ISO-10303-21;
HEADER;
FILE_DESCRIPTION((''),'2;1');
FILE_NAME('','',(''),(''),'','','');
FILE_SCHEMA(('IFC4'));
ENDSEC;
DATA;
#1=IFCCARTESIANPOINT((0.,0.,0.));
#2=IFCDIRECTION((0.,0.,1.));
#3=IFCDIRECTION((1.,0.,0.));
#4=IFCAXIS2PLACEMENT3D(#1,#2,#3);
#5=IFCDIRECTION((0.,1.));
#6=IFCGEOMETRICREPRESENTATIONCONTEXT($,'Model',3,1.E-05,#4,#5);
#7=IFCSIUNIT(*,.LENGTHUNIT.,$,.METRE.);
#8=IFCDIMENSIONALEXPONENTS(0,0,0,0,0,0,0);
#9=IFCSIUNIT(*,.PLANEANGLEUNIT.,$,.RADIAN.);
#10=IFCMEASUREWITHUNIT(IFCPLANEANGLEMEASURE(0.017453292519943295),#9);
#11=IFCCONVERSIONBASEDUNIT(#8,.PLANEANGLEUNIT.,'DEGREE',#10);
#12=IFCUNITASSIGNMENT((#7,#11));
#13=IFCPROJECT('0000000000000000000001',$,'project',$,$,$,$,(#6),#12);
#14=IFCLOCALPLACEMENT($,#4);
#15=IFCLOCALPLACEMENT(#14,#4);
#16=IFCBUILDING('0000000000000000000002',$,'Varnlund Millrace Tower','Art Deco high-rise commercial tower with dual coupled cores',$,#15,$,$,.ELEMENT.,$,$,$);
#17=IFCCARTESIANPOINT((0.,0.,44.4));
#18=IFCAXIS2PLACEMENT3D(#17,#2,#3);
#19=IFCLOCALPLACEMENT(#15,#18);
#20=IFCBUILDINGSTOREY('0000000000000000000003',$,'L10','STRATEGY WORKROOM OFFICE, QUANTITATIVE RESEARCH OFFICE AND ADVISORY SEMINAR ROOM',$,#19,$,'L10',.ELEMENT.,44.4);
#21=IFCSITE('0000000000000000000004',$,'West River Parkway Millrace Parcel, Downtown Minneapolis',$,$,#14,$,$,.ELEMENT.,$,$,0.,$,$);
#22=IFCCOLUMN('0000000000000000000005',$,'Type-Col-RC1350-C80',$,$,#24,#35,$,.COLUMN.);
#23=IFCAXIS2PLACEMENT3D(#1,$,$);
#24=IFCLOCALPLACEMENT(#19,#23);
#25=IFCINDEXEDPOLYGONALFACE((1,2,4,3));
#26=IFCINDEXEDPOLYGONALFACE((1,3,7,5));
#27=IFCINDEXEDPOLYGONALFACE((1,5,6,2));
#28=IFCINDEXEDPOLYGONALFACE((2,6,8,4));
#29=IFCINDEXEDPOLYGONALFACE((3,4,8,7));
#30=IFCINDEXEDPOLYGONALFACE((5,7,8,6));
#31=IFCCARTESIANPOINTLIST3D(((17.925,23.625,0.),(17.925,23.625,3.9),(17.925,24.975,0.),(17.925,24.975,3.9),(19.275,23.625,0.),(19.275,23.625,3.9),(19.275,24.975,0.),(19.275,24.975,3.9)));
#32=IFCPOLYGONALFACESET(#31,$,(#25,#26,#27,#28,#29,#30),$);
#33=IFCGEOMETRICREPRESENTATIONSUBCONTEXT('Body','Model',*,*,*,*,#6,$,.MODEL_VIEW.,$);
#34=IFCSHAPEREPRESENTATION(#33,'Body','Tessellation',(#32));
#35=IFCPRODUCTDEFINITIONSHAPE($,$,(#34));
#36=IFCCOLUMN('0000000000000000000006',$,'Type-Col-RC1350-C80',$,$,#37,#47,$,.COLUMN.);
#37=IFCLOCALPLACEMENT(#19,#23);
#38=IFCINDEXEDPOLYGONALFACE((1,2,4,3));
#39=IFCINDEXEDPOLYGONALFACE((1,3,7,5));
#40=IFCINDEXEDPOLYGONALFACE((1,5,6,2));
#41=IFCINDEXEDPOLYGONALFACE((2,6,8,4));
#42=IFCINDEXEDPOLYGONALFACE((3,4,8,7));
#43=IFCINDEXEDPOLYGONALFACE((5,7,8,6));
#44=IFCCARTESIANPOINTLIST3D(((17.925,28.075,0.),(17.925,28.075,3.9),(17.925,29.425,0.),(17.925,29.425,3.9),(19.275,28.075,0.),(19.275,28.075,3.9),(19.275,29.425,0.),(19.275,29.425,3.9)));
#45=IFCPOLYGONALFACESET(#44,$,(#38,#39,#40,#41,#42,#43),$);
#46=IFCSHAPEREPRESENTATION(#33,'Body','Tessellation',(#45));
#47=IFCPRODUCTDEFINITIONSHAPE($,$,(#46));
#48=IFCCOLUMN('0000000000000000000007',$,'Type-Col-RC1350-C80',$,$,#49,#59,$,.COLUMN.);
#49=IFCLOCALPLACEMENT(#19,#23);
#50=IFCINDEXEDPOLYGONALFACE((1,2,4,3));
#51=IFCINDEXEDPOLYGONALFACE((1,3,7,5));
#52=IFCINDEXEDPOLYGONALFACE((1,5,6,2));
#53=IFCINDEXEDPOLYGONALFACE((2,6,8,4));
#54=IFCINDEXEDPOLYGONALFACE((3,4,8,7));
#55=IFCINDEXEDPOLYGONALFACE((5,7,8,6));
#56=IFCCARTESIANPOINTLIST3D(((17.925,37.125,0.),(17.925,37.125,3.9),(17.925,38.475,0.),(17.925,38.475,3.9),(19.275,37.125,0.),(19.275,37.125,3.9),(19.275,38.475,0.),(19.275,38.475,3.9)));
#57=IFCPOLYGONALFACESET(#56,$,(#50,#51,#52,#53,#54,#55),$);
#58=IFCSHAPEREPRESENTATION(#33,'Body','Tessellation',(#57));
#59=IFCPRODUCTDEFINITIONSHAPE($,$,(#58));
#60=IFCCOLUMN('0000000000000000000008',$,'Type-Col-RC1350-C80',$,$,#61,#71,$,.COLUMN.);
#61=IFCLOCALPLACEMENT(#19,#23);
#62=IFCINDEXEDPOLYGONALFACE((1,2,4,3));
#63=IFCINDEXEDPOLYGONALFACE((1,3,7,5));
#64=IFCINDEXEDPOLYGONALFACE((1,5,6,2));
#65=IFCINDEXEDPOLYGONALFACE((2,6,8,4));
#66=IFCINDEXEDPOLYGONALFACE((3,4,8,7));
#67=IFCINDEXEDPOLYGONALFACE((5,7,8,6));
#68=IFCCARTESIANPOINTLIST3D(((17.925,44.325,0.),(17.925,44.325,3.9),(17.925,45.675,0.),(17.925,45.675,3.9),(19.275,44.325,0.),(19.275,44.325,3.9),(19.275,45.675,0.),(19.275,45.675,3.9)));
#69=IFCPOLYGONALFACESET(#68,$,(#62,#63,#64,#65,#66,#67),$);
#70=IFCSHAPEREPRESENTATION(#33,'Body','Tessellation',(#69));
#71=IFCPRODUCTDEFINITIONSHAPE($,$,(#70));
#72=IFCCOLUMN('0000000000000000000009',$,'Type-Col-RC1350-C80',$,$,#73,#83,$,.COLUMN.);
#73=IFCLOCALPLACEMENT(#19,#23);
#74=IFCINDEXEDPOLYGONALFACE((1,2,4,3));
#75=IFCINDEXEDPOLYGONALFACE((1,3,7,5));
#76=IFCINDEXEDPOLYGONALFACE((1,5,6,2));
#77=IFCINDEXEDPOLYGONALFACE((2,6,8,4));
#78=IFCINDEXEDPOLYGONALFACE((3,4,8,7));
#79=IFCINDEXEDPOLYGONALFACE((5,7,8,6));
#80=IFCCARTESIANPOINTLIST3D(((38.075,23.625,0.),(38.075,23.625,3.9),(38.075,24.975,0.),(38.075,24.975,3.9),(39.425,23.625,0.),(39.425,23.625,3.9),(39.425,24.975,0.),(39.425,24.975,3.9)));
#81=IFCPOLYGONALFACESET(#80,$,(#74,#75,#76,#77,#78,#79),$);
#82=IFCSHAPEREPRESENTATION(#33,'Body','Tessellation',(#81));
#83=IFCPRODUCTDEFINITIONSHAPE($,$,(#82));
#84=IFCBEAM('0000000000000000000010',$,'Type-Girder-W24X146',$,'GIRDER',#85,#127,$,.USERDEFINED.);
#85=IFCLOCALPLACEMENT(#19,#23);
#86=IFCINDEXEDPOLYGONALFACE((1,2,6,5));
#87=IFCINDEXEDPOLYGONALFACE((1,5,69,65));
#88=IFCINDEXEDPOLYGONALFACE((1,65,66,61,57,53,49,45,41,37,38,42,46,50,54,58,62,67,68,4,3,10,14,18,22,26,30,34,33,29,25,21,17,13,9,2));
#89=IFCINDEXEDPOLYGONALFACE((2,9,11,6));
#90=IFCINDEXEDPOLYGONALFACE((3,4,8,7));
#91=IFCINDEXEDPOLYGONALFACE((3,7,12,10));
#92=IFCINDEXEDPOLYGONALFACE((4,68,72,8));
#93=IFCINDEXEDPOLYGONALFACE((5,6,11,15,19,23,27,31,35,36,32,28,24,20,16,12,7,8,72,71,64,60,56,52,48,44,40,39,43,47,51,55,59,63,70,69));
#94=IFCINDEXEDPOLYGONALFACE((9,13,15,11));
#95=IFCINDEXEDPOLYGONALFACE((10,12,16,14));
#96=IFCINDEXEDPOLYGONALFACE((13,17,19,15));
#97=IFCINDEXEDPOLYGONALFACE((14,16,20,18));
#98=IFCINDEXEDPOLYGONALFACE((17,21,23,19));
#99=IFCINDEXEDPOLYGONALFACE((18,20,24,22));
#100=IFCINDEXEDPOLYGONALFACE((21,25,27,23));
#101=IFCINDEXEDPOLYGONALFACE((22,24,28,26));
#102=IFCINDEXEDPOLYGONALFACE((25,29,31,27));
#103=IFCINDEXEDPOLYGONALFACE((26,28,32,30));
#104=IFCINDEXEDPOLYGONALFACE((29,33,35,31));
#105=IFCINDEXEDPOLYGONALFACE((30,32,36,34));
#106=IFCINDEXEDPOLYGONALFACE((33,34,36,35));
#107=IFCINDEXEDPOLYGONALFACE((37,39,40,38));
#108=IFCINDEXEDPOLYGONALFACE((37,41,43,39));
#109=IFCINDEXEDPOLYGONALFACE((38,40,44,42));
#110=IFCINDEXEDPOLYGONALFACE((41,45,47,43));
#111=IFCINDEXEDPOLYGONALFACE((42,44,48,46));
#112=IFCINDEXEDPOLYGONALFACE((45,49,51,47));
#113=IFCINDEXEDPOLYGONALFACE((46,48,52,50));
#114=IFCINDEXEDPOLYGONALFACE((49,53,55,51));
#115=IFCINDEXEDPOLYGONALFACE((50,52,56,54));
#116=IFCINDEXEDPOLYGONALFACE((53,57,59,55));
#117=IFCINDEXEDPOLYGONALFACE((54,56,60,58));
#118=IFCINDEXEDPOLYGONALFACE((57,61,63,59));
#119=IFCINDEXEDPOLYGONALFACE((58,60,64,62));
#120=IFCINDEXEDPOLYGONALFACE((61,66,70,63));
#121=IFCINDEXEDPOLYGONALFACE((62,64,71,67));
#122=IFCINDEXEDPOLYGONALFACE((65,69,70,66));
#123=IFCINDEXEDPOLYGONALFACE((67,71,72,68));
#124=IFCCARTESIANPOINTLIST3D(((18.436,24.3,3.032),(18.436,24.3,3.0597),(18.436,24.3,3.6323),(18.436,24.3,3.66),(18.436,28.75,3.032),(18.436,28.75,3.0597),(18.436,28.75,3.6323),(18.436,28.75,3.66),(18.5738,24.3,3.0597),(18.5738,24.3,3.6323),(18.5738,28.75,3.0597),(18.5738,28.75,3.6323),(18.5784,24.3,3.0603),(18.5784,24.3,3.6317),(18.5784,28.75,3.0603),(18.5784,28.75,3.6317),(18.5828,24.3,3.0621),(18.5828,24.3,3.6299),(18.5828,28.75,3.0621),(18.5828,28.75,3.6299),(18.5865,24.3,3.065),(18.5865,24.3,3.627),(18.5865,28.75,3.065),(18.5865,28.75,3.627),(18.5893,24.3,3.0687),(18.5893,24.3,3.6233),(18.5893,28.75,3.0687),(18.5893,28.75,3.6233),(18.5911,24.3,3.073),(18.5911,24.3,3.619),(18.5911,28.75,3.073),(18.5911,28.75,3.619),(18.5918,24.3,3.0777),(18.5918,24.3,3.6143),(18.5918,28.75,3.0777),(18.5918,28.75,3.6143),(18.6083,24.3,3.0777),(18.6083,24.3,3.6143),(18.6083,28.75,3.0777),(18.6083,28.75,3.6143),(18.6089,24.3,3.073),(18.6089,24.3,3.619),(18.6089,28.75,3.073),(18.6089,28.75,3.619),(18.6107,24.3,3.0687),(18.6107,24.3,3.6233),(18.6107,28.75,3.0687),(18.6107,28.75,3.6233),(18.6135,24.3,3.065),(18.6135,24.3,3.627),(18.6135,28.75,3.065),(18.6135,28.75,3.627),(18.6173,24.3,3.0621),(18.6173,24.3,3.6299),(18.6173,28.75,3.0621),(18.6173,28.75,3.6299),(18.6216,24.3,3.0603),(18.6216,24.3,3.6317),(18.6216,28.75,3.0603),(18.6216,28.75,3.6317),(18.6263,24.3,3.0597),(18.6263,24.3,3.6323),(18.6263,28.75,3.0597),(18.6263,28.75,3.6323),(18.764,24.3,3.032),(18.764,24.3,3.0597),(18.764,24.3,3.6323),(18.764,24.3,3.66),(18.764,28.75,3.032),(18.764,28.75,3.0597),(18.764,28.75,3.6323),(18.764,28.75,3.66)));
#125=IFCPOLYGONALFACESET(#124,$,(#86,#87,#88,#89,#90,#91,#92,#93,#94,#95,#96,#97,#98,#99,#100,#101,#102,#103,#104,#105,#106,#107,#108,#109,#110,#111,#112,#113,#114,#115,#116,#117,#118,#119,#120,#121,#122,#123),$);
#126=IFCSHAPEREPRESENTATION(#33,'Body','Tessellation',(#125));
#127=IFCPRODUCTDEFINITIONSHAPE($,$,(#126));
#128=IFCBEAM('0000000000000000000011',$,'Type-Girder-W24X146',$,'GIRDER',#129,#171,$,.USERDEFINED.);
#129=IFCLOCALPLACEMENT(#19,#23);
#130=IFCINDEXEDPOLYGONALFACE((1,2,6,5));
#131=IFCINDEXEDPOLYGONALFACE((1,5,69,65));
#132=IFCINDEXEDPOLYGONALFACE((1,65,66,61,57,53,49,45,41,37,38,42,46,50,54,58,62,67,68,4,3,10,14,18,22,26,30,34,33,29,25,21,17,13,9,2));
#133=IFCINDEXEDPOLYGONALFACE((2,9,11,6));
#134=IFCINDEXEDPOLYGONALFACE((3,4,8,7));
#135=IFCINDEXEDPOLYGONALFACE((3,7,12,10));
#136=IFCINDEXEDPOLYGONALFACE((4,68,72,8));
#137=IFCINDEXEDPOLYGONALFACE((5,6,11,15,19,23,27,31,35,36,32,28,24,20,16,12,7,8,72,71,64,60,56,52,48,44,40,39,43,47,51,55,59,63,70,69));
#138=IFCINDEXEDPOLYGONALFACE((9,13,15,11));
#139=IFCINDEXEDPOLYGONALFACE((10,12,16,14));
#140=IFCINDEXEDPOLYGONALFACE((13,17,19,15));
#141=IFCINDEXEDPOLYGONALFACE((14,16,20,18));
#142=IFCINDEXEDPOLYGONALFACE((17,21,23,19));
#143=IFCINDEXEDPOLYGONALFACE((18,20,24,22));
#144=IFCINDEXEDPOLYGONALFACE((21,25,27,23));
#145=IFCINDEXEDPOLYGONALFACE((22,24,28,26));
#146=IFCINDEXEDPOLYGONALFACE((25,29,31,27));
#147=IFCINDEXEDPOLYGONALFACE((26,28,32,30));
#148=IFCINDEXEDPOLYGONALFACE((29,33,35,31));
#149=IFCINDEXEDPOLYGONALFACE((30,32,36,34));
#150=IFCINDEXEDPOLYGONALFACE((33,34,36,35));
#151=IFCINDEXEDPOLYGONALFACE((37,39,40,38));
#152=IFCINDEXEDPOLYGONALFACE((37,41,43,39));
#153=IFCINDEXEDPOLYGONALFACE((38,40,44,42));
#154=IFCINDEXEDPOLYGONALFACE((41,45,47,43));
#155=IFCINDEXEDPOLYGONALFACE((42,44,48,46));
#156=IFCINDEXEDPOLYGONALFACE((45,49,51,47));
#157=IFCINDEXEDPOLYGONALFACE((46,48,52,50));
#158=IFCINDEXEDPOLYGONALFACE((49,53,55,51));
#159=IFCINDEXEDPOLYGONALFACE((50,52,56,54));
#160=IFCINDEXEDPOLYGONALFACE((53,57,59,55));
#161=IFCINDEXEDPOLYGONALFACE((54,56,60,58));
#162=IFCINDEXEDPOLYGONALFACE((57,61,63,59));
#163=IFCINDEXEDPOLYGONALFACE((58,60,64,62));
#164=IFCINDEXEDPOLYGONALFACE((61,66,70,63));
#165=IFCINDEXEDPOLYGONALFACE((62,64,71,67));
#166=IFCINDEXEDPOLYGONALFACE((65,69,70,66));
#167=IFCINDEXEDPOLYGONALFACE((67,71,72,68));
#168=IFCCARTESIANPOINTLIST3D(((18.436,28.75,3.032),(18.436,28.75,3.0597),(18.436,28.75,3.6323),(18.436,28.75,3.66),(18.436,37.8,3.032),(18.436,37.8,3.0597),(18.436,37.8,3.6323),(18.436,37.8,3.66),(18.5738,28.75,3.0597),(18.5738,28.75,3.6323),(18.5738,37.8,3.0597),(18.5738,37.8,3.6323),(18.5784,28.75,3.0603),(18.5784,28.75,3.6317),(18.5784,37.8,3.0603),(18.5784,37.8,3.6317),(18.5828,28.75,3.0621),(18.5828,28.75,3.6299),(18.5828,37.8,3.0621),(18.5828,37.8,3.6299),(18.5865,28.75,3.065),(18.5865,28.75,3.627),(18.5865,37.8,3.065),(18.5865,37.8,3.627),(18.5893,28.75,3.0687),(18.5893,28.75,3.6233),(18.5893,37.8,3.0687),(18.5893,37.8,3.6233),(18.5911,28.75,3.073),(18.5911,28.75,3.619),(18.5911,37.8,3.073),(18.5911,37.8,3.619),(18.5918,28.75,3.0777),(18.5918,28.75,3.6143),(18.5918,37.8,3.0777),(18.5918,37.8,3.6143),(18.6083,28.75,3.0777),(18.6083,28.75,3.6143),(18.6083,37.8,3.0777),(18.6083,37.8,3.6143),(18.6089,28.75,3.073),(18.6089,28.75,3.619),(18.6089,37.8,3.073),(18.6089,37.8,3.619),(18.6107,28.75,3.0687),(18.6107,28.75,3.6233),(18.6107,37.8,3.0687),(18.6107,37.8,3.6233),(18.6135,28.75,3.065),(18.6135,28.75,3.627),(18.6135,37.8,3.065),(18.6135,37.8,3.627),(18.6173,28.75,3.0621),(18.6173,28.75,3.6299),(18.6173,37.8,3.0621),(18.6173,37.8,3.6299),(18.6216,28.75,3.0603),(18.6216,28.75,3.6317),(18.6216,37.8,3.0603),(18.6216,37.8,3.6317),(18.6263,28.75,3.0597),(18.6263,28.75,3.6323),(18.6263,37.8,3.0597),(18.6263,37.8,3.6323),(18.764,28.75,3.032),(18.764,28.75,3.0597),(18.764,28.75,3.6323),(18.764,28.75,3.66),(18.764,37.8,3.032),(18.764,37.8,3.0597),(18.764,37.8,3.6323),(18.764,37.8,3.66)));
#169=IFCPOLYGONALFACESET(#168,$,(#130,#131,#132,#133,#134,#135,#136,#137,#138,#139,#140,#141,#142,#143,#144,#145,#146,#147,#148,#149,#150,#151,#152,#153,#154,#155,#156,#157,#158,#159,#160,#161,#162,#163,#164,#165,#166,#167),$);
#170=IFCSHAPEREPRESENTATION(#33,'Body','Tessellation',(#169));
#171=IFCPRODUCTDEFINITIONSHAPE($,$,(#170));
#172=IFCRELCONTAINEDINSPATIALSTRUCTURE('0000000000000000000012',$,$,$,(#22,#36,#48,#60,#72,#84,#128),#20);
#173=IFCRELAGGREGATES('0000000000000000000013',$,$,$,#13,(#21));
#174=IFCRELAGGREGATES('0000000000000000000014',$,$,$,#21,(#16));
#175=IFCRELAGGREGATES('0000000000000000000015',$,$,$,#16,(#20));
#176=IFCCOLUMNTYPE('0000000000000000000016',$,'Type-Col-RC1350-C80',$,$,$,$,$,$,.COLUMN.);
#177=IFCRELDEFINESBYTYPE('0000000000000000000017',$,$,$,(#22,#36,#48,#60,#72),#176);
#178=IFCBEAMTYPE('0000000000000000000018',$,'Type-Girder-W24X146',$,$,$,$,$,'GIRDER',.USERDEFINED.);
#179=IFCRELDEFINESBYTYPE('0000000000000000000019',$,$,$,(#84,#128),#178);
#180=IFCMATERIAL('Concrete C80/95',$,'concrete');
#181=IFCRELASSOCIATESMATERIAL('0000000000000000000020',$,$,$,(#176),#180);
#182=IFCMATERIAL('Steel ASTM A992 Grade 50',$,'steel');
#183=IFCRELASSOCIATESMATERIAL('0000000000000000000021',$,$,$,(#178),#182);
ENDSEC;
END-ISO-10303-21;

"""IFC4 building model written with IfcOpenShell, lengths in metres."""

from ifc_helpers import new_model, entity, si_unit, converted_unit, direction, frame, origin_with_axes, origin_2d_with_axis, place, context, subcontext, project, spatial, rectangle, i_section, extrude, material, material_profile, profile_set, type_object, element, save


model = new_model("IFC4")

# Units and contexts
model_context = context("Model", 3, precision=1e-05, world=origin_with_axes(), true_north=direction((0.0, 1.0)))
body_context = subcontext(model_context, "Body", "Model", "MODEL_VIEW")
ifc_project = project(units=[si_unit("LENGTHUNIT", "METRE"), converted_unit("PLANEANGLEUNIT", "DEGREE", entity("IfcPlaneAngleMeasure", 0.017453292519943295), si_unit("PLANEANGLEUNIT", "RADIAN"), dimensions=[0, 0, 0, 0, 0, 0, 0])], contexts=[model_context])

# Site, building, storey
site_placement = place(None, origin_with_axes())
site = spatial("IfcSite", under=ifc_project, at=site_placement, Name="West River Parkway Millrace Parcel, Downtown Minneapolis", CompositionType="ELEMENT", RefElevation=0.0)
building_placement = place(site_placement, origin_with_axes())
building = spatial("IfcBuilding", under=site, at=building_placement, Name="Varnlund Millrace Tower", Description="Art Deco high-rise commercial tower with dual coupled cores", CompositionType="ELEMENT")
storey_placement = place(building_placement, frame((0.0, 0.0, 44.4), z_axis=(0.0, 0.0, 1.0), x_axis=(1.0, 0.0, 0.0)))
storey = spatial("IfcBuildingStorey", under=building, at=storey_placement, Name="L10", Description="STRATEGY WORKROOM OFFICE, QUANTITATIVE RESEARCH OFFICE AND ADVISORY SEMINAR ROOM", LongName="L10", CompositionType="ELEMENT", Elevation=44.4)

# Columns
ifc_material_1 = material(Name="Concrete C80/95", Category="concrete")
ifc_material_profile_1 = material_profile(ifc_material_1, rectangle(XDim=1.35, YDim=1.35, at=origin_2d_with_axis()), Name="Concrete C80/95")
ifc_profile_set_1 = profile_set([ifc_material_profile_1], Name="Concrete C80/95")
column_type = type_object("IfcColumnType", Name="Type-Col-RC1350-C80", PredefinedType="COLUMN", material=ifc_profile_set_1)
for number, where, z_axis, x_axis, name in (
    (1, (18.6, 24.3, 0.0), (0.0, 0.0, 1.0), (1.0, 0.0, 0.0), "Type-Col-RC1350-C80"),
    (2, (18.6, 28.75, 0.0), (0.0, 0.0, 1.0), (1.0, 0.0, 0.0), "Type-Col-RC1350-C80"),
    (3, (18.6, 37.8, 0.0), (0.0, 0.0, 1.0), (1.0, 0.0, 0.0), "Type-Col-RC1350-C80"),
    (4, (18.6, 45.0, 0.0), (0.0, 0.0, 1.0), (1.0, 0.0, 0.0), "Type-Col-RC1350-C80"),
    (5, (38.75, 24.3, 0.0), (0.0, 0.0, 1.0), (1.0, 0.0, 0.0), "Type-Col-RC1350-C80"),
):
    element("IfcColumn", number, at=place(storey_placement, frame(where, z_axis=z_axis, x_axis=x_axis)), inside=storey, type_object=column_type, Name=name, PredefinedType="COLUMN", context=body_context, shape_type="SweptSolid", body=[
        extrude(rectangle(XDim=1.35, YDim=1.35, at=origin_2d_with_axis()), origin_with_axes(), (0.0, 0.0, 1.0), 3.9),
    ])

# Beams
ifc_material_2 = material(Name="Steel ASTM A992 Grade 50", Category="steel")
ifc_material_profile_2 = material_profile(ifc_material_2, i_section(OverallWidth=0.328, OverallDepth=0.628, WebThickness=0.0165, FlangeThickness=0.0277, FilletRadius=0.018, at=origin_2d_with_axis()), Name="Steel ASTM A992 Grade 50")
ifc_profile_set_2 = profile_set([ifc_material_profile_2], Name="Steel ASTM A992 Grade 50")
beam_type_1 = type_object("IfcBeamType", Name="Type-Girder-W24X146", ElementType="GIRDER", PredefinedType="USERDEFINED", material=ifc_profile_set_2)
beam_1_placement = place(storey_placement, frame((18.6, 24.3, 3.346), z_axis=(0.0, 1.0, 0.0), x_axis=(-1.0, 0.0, 0.0)))
element("IfcBeam", 6, at=beam_1_placement, inside=storey, type_object=beam_type_1, Name="Type-Girder-W24X146", ObjectType="GIRDER", PredefinedType="USERDEFINED", context=body_context, shape_type="SweptSolid", body=[
    extrude(i_section(OverallWidth=0.328, OverallDepth=0.628, WebThickness=0.0165, FlangeThickness=0.0277, FilletRadius=0.018, at=origin_2d_with_axis()), origin_with_axes(), (0.0, 0.0, 1.0), 4.45),
])
beam_2_placement = place(storey_placement, frame((18.6, 28.75, 3.346), z_axis=(0.0, 1.0, 0.0), x_axis=(-1.0, 0.0, 0.0)))
element("IfcBeam", 7, at=beam_2_placement, inside=storey, type_object=beam_type_1, Name="Type-Girder-W24X146", ObjectType="GIRDER", PredefinedType="USERDEFINED", context=body_context, shape_type="SweptSolid", body=[
    extrude(i_section(OverallWidth=0.328, OverallDepth=0.628, WebThickness=0.0165, FlangeThickness=0.0277, FilletRadius=0.018, at=origin_2d_with_axis()), origin_with_axes(), (0.0, 0.0, 1.0), 9.05),
])

save(model, "model.ifc")
